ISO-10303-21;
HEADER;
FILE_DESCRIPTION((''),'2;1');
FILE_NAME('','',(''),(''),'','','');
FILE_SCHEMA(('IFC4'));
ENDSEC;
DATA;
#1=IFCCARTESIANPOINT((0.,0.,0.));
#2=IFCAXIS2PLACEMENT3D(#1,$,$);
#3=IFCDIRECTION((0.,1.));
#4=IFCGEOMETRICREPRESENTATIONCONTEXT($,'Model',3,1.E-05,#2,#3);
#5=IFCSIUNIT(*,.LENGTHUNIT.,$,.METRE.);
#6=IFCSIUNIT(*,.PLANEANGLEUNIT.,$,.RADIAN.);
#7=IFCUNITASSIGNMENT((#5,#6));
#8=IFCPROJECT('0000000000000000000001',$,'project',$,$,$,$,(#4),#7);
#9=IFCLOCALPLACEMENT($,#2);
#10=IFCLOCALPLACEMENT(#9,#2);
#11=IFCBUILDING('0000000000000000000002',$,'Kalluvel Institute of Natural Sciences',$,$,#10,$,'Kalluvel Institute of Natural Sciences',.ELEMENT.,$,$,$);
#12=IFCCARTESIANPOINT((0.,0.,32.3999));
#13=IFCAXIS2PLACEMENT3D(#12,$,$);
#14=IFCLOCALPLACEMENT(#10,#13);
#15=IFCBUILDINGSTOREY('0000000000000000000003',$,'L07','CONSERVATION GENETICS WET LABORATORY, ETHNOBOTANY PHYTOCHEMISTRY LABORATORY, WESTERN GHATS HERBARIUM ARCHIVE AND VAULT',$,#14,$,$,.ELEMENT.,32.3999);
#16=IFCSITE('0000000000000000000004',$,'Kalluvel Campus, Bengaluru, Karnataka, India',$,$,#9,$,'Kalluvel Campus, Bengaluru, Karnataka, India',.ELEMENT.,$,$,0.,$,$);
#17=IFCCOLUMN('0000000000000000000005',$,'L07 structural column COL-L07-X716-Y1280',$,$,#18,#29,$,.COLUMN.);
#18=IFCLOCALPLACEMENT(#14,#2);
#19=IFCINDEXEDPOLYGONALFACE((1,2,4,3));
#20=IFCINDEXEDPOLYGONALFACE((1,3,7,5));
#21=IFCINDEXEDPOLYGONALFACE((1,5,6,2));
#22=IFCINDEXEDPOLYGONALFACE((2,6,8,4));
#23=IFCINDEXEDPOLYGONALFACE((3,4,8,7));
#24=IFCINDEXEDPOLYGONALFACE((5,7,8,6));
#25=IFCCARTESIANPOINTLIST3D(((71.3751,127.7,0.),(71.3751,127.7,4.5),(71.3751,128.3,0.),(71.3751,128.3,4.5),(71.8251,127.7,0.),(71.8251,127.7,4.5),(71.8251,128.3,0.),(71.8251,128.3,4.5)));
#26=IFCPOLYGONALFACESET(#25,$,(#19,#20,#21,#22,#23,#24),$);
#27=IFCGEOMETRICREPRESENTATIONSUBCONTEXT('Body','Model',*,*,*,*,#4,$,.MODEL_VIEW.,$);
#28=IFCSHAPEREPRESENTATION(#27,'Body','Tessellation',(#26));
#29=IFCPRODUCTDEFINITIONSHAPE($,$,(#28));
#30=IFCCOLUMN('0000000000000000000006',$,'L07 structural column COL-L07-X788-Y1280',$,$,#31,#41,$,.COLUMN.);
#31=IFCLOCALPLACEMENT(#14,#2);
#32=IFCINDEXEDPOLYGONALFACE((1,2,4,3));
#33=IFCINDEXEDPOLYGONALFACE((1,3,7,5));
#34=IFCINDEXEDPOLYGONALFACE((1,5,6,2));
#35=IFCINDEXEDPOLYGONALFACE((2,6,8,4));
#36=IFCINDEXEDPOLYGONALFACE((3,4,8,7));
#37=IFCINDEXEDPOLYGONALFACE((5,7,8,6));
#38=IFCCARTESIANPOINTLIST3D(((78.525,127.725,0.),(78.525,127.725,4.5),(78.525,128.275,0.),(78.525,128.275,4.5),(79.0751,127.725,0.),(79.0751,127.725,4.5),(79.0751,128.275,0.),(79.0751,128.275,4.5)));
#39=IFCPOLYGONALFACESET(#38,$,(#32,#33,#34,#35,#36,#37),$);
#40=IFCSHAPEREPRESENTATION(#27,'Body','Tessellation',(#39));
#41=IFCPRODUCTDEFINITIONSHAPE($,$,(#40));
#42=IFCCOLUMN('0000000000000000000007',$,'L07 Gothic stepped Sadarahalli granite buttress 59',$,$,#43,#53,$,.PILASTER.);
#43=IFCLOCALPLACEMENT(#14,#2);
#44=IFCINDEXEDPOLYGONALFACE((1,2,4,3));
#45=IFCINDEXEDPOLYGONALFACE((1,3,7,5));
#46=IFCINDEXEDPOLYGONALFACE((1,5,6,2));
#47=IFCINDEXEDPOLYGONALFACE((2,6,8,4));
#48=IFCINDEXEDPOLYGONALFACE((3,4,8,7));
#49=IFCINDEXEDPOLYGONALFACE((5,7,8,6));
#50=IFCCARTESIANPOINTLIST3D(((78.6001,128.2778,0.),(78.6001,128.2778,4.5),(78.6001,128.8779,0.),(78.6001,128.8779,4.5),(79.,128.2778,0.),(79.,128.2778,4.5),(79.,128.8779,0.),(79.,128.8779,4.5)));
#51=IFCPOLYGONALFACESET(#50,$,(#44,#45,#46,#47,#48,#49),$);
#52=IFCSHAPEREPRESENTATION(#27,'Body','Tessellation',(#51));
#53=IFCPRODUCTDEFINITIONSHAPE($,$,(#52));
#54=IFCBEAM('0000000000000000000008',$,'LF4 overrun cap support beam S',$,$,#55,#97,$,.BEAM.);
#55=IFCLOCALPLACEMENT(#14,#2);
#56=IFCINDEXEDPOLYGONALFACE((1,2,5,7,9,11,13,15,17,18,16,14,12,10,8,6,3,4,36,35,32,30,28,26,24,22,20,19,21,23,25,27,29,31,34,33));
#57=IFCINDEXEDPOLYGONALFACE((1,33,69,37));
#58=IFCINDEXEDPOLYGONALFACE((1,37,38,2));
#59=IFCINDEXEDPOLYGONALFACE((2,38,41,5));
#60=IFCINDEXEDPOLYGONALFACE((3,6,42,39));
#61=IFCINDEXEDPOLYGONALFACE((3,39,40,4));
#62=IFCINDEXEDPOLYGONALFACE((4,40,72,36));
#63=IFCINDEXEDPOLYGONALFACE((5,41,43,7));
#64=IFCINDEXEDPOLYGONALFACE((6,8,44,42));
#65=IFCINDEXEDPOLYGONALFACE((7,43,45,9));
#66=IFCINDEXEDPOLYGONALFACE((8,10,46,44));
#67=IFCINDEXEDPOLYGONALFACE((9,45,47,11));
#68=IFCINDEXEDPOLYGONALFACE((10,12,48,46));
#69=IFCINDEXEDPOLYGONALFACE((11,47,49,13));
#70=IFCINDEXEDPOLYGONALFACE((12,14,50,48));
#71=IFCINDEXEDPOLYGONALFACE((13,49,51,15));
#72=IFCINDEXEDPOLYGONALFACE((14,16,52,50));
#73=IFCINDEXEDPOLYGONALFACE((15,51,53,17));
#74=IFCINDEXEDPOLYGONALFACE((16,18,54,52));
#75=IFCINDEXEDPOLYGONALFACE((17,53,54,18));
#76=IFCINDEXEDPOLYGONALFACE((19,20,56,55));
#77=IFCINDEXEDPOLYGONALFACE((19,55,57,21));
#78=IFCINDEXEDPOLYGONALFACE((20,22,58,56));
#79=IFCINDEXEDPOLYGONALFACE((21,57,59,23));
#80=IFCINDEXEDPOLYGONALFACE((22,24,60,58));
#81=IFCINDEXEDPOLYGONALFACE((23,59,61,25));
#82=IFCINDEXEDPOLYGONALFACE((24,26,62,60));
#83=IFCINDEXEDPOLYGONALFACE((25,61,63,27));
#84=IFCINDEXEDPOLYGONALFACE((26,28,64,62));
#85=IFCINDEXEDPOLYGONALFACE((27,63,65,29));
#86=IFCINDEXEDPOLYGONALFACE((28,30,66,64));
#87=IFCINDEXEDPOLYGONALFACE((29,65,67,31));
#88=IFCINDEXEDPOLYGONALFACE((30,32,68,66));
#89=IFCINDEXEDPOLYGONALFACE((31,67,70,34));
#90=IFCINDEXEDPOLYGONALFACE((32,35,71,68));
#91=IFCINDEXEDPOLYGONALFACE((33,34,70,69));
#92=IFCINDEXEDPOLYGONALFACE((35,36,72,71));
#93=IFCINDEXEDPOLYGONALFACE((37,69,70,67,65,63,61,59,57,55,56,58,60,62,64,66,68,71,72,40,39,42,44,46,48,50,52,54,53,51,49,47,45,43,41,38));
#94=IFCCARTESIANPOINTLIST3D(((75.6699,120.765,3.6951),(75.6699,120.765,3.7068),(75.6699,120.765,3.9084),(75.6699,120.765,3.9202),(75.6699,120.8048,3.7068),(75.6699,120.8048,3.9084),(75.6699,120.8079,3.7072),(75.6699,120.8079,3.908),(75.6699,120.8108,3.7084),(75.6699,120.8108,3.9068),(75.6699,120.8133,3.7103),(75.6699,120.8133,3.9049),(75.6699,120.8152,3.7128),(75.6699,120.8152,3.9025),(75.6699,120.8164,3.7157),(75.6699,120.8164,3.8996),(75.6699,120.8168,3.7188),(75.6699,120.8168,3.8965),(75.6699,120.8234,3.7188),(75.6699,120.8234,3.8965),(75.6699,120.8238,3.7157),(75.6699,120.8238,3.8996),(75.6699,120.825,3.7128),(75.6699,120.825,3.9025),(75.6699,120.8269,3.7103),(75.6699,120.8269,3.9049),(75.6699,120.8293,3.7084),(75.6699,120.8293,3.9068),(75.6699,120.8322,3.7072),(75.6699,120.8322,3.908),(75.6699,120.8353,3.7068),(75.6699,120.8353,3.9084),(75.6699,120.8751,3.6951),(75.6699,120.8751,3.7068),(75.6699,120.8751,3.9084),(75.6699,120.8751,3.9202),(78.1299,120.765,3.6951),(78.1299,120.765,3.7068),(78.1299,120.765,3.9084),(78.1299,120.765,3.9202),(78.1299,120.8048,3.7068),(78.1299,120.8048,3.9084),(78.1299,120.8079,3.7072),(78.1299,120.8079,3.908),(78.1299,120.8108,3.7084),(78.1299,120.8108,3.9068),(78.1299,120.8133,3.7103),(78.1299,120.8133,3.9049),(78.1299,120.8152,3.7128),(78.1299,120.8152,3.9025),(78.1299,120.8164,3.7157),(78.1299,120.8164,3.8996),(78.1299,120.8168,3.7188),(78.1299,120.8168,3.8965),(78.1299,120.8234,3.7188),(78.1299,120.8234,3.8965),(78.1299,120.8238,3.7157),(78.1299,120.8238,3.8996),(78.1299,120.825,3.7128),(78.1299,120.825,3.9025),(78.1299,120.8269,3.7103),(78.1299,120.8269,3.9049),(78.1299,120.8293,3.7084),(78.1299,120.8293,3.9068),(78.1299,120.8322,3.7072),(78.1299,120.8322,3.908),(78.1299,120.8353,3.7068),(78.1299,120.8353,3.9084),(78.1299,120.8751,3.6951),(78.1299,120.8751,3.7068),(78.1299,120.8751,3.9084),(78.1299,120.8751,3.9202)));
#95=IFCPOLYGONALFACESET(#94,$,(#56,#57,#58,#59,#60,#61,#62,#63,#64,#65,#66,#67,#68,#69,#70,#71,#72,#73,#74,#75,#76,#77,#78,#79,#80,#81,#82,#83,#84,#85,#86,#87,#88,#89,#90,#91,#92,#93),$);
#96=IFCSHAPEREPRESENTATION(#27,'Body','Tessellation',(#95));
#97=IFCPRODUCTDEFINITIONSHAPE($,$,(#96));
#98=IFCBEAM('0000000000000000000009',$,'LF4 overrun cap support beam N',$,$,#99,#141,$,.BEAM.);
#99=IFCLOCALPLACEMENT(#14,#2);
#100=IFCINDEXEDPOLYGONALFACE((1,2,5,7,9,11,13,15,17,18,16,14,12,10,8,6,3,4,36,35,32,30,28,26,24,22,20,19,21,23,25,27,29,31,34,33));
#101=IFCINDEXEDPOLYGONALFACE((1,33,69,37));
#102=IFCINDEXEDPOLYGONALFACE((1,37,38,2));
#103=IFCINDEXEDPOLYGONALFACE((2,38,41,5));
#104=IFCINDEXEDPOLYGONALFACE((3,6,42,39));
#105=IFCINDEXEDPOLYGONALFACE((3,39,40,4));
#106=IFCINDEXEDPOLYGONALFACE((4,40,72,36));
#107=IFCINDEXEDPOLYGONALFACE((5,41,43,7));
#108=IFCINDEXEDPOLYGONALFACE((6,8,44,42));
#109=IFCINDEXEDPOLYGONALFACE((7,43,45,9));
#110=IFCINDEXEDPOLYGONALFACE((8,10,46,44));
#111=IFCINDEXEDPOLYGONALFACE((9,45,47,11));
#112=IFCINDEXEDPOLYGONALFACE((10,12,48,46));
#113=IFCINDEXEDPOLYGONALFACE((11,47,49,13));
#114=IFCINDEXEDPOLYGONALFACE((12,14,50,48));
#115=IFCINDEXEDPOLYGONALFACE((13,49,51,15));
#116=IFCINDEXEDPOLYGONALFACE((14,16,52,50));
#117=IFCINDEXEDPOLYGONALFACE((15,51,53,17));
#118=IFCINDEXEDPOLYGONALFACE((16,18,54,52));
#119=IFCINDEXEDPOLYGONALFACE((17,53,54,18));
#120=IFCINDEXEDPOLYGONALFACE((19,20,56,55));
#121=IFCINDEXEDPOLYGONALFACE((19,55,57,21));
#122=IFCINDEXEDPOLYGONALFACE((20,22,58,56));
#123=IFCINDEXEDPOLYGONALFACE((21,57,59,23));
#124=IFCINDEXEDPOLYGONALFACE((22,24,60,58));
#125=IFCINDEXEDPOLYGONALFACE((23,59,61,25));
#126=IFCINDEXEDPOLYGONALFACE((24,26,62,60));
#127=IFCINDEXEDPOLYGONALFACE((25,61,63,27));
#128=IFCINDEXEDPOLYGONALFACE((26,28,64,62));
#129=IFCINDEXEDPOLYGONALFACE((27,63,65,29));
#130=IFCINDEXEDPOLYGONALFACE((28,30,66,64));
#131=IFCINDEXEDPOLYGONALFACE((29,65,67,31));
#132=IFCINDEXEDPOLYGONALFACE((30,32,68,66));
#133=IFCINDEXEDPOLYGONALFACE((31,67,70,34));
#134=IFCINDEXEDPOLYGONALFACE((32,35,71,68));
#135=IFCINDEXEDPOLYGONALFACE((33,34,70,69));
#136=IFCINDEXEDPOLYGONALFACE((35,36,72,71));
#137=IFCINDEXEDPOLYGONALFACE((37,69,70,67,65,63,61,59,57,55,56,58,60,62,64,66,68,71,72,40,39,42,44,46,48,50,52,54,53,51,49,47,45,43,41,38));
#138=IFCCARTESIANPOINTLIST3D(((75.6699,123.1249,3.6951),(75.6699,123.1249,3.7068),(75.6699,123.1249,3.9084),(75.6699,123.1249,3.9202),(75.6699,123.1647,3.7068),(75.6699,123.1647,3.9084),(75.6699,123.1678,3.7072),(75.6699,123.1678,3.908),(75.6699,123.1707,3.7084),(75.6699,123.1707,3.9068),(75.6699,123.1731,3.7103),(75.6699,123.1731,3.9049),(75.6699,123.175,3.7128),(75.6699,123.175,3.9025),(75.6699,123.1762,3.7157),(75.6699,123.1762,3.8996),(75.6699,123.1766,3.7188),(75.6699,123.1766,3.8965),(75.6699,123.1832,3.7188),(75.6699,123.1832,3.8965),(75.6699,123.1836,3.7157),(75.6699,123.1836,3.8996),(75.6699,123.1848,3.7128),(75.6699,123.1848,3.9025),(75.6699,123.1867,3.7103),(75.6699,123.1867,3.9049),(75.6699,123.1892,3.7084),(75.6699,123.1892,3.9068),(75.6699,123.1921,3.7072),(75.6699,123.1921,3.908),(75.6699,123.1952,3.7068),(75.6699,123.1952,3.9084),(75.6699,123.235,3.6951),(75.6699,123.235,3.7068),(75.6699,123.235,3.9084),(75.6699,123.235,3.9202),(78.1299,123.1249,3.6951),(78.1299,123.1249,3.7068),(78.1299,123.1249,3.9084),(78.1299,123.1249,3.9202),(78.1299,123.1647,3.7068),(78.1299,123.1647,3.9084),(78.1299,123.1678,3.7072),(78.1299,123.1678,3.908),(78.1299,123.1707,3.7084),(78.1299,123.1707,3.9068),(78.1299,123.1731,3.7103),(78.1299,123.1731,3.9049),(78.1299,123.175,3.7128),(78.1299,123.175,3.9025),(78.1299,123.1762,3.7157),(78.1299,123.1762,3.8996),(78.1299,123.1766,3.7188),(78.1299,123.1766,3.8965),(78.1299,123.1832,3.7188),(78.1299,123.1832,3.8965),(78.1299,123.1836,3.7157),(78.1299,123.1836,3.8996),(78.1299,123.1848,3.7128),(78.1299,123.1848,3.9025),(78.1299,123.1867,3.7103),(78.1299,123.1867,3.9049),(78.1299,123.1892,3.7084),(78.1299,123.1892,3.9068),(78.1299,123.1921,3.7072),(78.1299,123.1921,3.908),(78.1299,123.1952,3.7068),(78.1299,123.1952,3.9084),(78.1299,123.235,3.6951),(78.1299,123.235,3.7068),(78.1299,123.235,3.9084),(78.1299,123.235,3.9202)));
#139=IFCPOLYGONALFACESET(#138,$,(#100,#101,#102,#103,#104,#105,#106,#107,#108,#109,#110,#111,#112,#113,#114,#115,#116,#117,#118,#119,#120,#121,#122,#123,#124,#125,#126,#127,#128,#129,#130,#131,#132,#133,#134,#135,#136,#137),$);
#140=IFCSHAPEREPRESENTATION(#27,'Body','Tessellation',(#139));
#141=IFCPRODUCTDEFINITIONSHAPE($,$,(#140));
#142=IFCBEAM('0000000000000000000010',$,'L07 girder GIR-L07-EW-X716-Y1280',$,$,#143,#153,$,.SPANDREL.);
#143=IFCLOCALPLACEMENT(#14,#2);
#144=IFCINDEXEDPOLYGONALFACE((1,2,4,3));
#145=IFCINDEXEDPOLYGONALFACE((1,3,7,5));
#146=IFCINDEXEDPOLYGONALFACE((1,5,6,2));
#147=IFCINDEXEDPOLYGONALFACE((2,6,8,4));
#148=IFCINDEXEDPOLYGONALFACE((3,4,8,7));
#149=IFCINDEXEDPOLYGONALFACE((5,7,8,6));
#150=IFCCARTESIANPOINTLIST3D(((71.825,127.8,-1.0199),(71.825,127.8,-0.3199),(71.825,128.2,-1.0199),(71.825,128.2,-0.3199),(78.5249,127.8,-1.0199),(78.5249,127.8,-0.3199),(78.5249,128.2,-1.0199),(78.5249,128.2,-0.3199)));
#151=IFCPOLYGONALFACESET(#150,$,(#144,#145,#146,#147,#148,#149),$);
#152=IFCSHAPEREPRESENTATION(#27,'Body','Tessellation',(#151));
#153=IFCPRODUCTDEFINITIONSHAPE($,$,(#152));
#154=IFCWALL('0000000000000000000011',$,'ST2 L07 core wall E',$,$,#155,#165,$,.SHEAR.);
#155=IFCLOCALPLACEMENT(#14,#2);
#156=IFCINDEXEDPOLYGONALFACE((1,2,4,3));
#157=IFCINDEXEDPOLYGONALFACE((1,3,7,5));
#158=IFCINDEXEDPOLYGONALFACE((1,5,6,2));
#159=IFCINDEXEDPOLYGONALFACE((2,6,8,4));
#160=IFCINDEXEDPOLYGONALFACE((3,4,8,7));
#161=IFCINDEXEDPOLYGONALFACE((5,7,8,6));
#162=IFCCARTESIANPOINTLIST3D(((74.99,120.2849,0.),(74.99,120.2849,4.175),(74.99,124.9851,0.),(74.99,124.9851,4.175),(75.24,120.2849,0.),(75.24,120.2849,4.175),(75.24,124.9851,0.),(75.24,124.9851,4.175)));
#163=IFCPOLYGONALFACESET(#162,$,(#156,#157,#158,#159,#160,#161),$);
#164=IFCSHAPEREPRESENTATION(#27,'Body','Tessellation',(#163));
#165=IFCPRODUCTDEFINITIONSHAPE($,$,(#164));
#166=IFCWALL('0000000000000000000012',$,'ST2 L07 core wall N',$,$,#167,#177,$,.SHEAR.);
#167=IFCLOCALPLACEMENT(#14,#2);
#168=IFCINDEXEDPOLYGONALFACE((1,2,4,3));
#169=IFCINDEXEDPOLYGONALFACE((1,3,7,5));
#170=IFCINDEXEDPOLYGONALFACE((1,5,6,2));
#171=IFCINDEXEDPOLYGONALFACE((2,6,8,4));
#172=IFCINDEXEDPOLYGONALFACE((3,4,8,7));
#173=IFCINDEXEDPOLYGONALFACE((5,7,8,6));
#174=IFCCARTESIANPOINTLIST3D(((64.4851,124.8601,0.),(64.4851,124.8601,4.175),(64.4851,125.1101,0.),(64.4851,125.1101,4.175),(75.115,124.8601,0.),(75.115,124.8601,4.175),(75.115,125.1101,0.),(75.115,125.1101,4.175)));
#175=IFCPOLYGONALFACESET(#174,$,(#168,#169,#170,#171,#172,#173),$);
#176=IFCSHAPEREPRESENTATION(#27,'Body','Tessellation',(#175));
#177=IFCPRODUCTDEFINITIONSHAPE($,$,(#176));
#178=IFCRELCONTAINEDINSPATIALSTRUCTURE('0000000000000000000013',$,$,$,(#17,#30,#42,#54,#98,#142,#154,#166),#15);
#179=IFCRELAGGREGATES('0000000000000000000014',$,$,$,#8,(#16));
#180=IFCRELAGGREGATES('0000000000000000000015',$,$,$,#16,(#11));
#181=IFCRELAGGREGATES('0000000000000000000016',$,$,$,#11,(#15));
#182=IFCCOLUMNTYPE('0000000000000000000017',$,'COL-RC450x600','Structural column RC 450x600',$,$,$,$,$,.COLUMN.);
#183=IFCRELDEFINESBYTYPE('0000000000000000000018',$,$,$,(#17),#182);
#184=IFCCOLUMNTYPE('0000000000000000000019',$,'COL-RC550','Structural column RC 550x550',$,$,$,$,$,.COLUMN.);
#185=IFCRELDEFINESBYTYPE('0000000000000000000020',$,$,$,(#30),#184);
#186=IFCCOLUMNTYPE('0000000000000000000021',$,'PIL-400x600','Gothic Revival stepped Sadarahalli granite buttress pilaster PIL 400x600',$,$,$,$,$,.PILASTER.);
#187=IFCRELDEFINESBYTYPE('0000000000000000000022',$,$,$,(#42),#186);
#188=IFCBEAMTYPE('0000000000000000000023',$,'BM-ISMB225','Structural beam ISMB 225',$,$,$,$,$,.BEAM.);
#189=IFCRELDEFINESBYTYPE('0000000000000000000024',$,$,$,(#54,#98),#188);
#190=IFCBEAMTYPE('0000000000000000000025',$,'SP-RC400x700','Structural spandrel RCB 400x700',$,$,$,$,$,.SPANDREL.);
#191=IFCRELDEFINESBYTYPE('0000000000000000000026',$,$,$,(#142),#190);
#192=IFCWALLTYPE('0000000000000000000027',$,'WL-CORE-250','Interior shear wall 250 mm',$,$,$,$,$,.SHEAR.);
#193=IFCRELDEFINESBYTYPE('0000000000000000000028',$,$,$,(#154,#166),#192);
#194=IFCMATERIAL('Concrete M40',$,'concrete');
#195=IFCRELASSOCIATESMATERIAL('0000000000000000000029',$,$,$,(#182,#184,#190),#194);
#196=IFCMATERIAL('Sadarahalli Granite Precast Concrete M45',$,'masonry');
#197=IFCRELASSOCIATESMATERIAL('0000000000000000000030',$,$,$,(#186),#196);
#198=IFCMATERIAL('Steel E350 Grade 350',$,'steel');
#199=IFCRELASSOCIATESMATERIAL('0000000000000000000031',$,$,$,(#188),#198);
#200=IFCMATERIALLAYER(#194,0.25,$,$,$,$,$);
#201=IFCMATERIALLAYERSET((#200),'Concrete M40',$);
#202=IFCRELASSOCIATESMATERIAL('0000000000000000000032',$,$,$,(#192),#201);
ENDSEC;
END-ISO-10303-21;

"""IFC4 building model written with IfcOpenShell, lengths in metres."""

from ifc_helpers import new_model, si_unit, direction, frame, frame_2d, origin, origin_2d, place, context, subcontext, project, spatial, rectangle, i_section, extrude, material, layer, layer_set, material_profile, profile_set, type_object, element, save


model = new_model("IFC4")

# Units and contexts
model_context = context("Model", 3, precision=1e-05, world=origin(), true_north=direction((0.0, 1.0)))
body_context = subcontext(model_context, "Body", "Model", "MODEL_VIEW")
ifc_project = project(units=[si_unit("LENGTHUNIT", "METRE"), si_unit("PLANEANGLEUNIT", "RADIAN")], contexts=[model_context])

# Site, building, storey
site_placement = place(None, origin())
site = spatial("IfcSite", under=ifc_project, at=site_placement, Name="Kalluvel Campus, Bengaluru, Karnataka, India", LongName="Kalluvel Campus, Bengaluru, Karnataka, India", CompositionType="ELEMENT", RefElevation=0.0)
building_placement = place(site_placement, origin())
building = spatial("IfcBuilding", under=site, at=building_placement, Name="Kalluvel Institute of Natural Sciences", LongName="Kalluvel Institute of Natural Sciences", CompositionType="ELEMENT")
storey_placement = place(building_placement, frame((0.0, 0.0, 32.3999)))
storey = spatial("IfcBuildingStorey", under=building, at=storey_placement, Name="L07", Description="CONSERVATION GENETICS WET LABORATORY, ETHNOBOTANY PHYTOCHEMISTRY LABORATORY, WESTERN GHATS HERBARIUM ARCHIVE AND VAULT", CompositionType="ELEMENT", Elevation=32.3999)

# Columns
ifc_material_1 = material(Name="Concrete M40", Category="concrete")
ifc_material_profile_1 = material_profile(ifc_material_1, rectangle(XDim=0.45, YDim=0.6001, at=origin_2d()), Name="RC 450x600")
ifc_profile_set_1 = profile_set([ifc_material_profile_1], Name="Concrete M40")
column_type_1 = type_object("IfcColumnType", Name="COL-RC450x600", Description="Structural column RC 450x600", PredefinedType="COLUMN", material=ifc_profile_set_1)
column_1_placement = place(storey_placement, frame((71.6001, 128.0, 0.0), z_axis=(0.0, 0.0, 1.0), x_axis=(1.0, 0.0, 0.0)))
element("IfcColumn", 1, at=column_1_placement, inside=storey, type_object=column_type_1, Name="L07 structural column COL-L07-X716-Y1280", PredefinedType="COLUMN", context=body_context, shape_type="SweptSolid", body=[
    extrude(rectangle(XDim=0.45, YDim=0.6001, at=origin_2d()), origin(), (0.0, 0.0, 1.0), 4.5),
])
ifc_material_profile_2 = material_profile(ifc_material_1, rectangle(XDim=0.55, YDim=0.55, at=origin_2d()), Name="RC 550x550")
ifc_profile_set_2 = profile_set([ifc_material_profile_2], Name="Concrete M40")
column_type_2 = type_object("IfcColumnType", Name="COL-RC550", Description="Structural column RC 550x550", PredefinedType="COLUMN", material=ifc_profile_set_2)
column_2_placement = place(storey_placement, frame((78.8, 128.0, 0.0), z_axis=(0.0, 0.0, 1.0), x_axis=(1.0, 0.0, 0.0)))
element("IfcColumn", 2, at=column_2_placement, inside=storey, type_object=column_type_2, Name="L07 structural column COL-L07-X788-Y1280", PredefinedType="COLUMN", context=body_context, shape_type="SweptSolid", body=[
    extrude(rectangle(XDim=0.55, YDim=0.55, at=origin_2d()), origin(), (0.0, 0.0, 1.0), 4.5),
])
ifc_material_2 = material(Name="Sadarahalli Granite Precast Concrete M45", Category="masonry")
ifc_material_profile_3 = material_profile(ifc_material_2, rectangle(XDim=0.3999, YDim=0.6001, at=origin_2d()), Name="PIL 400x600")
ifc_profile_set_3 = profile_set([ifc_material_profile_3], Name="Sadarahalli Granite Precast Concrete M45")
column_type_3 = type_object("IfcColumnType", Name="PIL-400x600", Description="Gothic Revival stepped Sadarahalli granite buttress pilaster PIL 400x600", PredefinedType="PILASTER", material=ifc_profile_set_3)
column_3_placement = place(storey_placement, frame((78.8, 128.5779, 0.0), z_axis=(0.0, 0.0, 1.0), x_axis=(1.0, 0.0, 0.0)))
element("IfcColumn", 3, at=column_3_placement, inside=storey, type_object=column_type_3, Name="L07 Gothic stepped Sadarahalli granite buttress 59", PredefinedType="PILASTER", context=body_context, shape_type="SweptSolid", body=[
    extrude(rectangle(XDim=0.3999, YDim=0.6001, at=origin_2d()), origin(), (0.0, 0.0, 1.0), 4.5),
])

# Beams
ifc_material_3 = material(Name="Steel E350 Grade 350", Category="steel")
ifc_material_profile_4 = material_profile(ifc_material_3, i_section(OverallWidth=0.1101, OverallDepth=0.2251, WebThickness=0.0066, FlangeThickness=0.0117, FilletRadius=0.012, at=origin_2d()), Name="ISMB 225")
ifc_profile_set_4 = profile_set([ifc_material_profile_4], Name="Steel E350 Grade 350")
beam_type_1 = type_object("IfcBeamType", Name="BM-ISMB225", Description="Structural beam ISMB 225", PredefinedType="BEAM", material=ifc_profile_set_4)
for number, where, z_axis, x_axis, name in (
    (4, (75.6699, 120.8201, 3.8076), (1.0, 0.0, 0.0), (0.0, 1.0, 0.0), "LF4 overrun cap support beam S"),
    (5, (75.6699, 123.1799, 3.8076), (1.0, 0.0, 0.0), (0.0, 1.0, 0.0), "LF4 overrun cap support beam N"),
):
    element("IfcBeam", number, at=place(storey_placement, frame(where, z_axis=z_axis, x_axis=x_axis)), inside=storey, type_object=beam_type_1, Name=name, PredefinedType="BEAM", context=body_context, shape_type="SweptSolid", body=[
        extrude(i_section(OverallWidth=0.1101, OverallDepth=0.2251, WebThickness=0.0066, FlangeThickness=0.0117, FilletRadius=0.012, at=origin_2d()), origin(), (0.0, 0.0, 1.0), 2.46),
    ])
ifc_material_profile_5 = material_profile(ifc_material_1, rectangle(XDim=0.3999, YDim=0.7, at=origin_2d()), Name="RCB 400x700")
ifc_profile_set_5 = profile_set([ifc_material_profile_5], Name="Concrete M40")
beam_type_2 = type_object("IfcBeamType", Name="SP-RC400x700", Description="Structural spandrel RCB 400x700", PredefinedType="SPANDREL", material=ifc_profile_set_5)
beam_placement = place(storey_placement, frame((71.825, 128.0, -0.6699), z_axis=(1.0, 0.0, 0.0), x_axis=(0.0, 1.0, 0.0)))
element("IfcBeam", 6, at=beam_placement, inside=storey, type_object=beam_type_2, Name="L07 girder GIR-L07-EW-X716-Y1280", PredefinedType="SPANDREL", context=body_context, shape_type="SweptSolid", body=[
    extrude(rectangle(XDim=0.3999, YDim=0.7, at=origin_2d()), origin(), (0.0, 0.0, 1.0), 6.7),
])

# Walls
ifc_layer_1 = layer(ifc_material_1, 0.25)
ifc_layer_set_1 = layer_set([ifc_layer_1], Name="Concrete M40")
wall_type_1 = type_object("IfcWallType", Name="WL-CORE-250", Description="Interior shear wall 250 mm", PredefinedType="SHEAR", material=ifc_layer_set_1)
wall_1_placement = place(storey_placement, frame((75.115, 120.2849, 0.0), z_axis=(0.0, 0.0, 1.0), x_axis=(0.0, 1.0, 0.0)))
element("IfcWall", 7, at=wall_1_placement, inside=storey, type_object=wall_type_1, Name="ST2 L07 core wall E", PredefinedType="SHEAR", context=body_context, shape_type="SweptSolid", body=[
    extrude(rectangle(XDim=4.7002, YDim=0.25, at=frame_2d((2.3501, 0.0))), origin(), (0.0, 0.0, 1.0), 4.175),
])
wall_2_placement = place(storey_placement, frame((75.115, 124.9851, 0.0), z_axis=(0.0, 0.0, 1.0), x_axis=(-1.0, 0.0, 0.0)))
element("IfcWall", 8, at=wall_2_placement, inside=storey, type_object=wall_type_1, Name="ST2 L07 core wall N", PredefinedType="SHEAR", context=body_context, shape_type="SweptSolid", body=[
    extrude(rectangle(XDim=10.6299, YDim=0.25, at=frame_2d((5.3149, 0.0))), origin(), (0.0, 0.0, 1.0), 4.175),
])

save(model, "model.ifc")
